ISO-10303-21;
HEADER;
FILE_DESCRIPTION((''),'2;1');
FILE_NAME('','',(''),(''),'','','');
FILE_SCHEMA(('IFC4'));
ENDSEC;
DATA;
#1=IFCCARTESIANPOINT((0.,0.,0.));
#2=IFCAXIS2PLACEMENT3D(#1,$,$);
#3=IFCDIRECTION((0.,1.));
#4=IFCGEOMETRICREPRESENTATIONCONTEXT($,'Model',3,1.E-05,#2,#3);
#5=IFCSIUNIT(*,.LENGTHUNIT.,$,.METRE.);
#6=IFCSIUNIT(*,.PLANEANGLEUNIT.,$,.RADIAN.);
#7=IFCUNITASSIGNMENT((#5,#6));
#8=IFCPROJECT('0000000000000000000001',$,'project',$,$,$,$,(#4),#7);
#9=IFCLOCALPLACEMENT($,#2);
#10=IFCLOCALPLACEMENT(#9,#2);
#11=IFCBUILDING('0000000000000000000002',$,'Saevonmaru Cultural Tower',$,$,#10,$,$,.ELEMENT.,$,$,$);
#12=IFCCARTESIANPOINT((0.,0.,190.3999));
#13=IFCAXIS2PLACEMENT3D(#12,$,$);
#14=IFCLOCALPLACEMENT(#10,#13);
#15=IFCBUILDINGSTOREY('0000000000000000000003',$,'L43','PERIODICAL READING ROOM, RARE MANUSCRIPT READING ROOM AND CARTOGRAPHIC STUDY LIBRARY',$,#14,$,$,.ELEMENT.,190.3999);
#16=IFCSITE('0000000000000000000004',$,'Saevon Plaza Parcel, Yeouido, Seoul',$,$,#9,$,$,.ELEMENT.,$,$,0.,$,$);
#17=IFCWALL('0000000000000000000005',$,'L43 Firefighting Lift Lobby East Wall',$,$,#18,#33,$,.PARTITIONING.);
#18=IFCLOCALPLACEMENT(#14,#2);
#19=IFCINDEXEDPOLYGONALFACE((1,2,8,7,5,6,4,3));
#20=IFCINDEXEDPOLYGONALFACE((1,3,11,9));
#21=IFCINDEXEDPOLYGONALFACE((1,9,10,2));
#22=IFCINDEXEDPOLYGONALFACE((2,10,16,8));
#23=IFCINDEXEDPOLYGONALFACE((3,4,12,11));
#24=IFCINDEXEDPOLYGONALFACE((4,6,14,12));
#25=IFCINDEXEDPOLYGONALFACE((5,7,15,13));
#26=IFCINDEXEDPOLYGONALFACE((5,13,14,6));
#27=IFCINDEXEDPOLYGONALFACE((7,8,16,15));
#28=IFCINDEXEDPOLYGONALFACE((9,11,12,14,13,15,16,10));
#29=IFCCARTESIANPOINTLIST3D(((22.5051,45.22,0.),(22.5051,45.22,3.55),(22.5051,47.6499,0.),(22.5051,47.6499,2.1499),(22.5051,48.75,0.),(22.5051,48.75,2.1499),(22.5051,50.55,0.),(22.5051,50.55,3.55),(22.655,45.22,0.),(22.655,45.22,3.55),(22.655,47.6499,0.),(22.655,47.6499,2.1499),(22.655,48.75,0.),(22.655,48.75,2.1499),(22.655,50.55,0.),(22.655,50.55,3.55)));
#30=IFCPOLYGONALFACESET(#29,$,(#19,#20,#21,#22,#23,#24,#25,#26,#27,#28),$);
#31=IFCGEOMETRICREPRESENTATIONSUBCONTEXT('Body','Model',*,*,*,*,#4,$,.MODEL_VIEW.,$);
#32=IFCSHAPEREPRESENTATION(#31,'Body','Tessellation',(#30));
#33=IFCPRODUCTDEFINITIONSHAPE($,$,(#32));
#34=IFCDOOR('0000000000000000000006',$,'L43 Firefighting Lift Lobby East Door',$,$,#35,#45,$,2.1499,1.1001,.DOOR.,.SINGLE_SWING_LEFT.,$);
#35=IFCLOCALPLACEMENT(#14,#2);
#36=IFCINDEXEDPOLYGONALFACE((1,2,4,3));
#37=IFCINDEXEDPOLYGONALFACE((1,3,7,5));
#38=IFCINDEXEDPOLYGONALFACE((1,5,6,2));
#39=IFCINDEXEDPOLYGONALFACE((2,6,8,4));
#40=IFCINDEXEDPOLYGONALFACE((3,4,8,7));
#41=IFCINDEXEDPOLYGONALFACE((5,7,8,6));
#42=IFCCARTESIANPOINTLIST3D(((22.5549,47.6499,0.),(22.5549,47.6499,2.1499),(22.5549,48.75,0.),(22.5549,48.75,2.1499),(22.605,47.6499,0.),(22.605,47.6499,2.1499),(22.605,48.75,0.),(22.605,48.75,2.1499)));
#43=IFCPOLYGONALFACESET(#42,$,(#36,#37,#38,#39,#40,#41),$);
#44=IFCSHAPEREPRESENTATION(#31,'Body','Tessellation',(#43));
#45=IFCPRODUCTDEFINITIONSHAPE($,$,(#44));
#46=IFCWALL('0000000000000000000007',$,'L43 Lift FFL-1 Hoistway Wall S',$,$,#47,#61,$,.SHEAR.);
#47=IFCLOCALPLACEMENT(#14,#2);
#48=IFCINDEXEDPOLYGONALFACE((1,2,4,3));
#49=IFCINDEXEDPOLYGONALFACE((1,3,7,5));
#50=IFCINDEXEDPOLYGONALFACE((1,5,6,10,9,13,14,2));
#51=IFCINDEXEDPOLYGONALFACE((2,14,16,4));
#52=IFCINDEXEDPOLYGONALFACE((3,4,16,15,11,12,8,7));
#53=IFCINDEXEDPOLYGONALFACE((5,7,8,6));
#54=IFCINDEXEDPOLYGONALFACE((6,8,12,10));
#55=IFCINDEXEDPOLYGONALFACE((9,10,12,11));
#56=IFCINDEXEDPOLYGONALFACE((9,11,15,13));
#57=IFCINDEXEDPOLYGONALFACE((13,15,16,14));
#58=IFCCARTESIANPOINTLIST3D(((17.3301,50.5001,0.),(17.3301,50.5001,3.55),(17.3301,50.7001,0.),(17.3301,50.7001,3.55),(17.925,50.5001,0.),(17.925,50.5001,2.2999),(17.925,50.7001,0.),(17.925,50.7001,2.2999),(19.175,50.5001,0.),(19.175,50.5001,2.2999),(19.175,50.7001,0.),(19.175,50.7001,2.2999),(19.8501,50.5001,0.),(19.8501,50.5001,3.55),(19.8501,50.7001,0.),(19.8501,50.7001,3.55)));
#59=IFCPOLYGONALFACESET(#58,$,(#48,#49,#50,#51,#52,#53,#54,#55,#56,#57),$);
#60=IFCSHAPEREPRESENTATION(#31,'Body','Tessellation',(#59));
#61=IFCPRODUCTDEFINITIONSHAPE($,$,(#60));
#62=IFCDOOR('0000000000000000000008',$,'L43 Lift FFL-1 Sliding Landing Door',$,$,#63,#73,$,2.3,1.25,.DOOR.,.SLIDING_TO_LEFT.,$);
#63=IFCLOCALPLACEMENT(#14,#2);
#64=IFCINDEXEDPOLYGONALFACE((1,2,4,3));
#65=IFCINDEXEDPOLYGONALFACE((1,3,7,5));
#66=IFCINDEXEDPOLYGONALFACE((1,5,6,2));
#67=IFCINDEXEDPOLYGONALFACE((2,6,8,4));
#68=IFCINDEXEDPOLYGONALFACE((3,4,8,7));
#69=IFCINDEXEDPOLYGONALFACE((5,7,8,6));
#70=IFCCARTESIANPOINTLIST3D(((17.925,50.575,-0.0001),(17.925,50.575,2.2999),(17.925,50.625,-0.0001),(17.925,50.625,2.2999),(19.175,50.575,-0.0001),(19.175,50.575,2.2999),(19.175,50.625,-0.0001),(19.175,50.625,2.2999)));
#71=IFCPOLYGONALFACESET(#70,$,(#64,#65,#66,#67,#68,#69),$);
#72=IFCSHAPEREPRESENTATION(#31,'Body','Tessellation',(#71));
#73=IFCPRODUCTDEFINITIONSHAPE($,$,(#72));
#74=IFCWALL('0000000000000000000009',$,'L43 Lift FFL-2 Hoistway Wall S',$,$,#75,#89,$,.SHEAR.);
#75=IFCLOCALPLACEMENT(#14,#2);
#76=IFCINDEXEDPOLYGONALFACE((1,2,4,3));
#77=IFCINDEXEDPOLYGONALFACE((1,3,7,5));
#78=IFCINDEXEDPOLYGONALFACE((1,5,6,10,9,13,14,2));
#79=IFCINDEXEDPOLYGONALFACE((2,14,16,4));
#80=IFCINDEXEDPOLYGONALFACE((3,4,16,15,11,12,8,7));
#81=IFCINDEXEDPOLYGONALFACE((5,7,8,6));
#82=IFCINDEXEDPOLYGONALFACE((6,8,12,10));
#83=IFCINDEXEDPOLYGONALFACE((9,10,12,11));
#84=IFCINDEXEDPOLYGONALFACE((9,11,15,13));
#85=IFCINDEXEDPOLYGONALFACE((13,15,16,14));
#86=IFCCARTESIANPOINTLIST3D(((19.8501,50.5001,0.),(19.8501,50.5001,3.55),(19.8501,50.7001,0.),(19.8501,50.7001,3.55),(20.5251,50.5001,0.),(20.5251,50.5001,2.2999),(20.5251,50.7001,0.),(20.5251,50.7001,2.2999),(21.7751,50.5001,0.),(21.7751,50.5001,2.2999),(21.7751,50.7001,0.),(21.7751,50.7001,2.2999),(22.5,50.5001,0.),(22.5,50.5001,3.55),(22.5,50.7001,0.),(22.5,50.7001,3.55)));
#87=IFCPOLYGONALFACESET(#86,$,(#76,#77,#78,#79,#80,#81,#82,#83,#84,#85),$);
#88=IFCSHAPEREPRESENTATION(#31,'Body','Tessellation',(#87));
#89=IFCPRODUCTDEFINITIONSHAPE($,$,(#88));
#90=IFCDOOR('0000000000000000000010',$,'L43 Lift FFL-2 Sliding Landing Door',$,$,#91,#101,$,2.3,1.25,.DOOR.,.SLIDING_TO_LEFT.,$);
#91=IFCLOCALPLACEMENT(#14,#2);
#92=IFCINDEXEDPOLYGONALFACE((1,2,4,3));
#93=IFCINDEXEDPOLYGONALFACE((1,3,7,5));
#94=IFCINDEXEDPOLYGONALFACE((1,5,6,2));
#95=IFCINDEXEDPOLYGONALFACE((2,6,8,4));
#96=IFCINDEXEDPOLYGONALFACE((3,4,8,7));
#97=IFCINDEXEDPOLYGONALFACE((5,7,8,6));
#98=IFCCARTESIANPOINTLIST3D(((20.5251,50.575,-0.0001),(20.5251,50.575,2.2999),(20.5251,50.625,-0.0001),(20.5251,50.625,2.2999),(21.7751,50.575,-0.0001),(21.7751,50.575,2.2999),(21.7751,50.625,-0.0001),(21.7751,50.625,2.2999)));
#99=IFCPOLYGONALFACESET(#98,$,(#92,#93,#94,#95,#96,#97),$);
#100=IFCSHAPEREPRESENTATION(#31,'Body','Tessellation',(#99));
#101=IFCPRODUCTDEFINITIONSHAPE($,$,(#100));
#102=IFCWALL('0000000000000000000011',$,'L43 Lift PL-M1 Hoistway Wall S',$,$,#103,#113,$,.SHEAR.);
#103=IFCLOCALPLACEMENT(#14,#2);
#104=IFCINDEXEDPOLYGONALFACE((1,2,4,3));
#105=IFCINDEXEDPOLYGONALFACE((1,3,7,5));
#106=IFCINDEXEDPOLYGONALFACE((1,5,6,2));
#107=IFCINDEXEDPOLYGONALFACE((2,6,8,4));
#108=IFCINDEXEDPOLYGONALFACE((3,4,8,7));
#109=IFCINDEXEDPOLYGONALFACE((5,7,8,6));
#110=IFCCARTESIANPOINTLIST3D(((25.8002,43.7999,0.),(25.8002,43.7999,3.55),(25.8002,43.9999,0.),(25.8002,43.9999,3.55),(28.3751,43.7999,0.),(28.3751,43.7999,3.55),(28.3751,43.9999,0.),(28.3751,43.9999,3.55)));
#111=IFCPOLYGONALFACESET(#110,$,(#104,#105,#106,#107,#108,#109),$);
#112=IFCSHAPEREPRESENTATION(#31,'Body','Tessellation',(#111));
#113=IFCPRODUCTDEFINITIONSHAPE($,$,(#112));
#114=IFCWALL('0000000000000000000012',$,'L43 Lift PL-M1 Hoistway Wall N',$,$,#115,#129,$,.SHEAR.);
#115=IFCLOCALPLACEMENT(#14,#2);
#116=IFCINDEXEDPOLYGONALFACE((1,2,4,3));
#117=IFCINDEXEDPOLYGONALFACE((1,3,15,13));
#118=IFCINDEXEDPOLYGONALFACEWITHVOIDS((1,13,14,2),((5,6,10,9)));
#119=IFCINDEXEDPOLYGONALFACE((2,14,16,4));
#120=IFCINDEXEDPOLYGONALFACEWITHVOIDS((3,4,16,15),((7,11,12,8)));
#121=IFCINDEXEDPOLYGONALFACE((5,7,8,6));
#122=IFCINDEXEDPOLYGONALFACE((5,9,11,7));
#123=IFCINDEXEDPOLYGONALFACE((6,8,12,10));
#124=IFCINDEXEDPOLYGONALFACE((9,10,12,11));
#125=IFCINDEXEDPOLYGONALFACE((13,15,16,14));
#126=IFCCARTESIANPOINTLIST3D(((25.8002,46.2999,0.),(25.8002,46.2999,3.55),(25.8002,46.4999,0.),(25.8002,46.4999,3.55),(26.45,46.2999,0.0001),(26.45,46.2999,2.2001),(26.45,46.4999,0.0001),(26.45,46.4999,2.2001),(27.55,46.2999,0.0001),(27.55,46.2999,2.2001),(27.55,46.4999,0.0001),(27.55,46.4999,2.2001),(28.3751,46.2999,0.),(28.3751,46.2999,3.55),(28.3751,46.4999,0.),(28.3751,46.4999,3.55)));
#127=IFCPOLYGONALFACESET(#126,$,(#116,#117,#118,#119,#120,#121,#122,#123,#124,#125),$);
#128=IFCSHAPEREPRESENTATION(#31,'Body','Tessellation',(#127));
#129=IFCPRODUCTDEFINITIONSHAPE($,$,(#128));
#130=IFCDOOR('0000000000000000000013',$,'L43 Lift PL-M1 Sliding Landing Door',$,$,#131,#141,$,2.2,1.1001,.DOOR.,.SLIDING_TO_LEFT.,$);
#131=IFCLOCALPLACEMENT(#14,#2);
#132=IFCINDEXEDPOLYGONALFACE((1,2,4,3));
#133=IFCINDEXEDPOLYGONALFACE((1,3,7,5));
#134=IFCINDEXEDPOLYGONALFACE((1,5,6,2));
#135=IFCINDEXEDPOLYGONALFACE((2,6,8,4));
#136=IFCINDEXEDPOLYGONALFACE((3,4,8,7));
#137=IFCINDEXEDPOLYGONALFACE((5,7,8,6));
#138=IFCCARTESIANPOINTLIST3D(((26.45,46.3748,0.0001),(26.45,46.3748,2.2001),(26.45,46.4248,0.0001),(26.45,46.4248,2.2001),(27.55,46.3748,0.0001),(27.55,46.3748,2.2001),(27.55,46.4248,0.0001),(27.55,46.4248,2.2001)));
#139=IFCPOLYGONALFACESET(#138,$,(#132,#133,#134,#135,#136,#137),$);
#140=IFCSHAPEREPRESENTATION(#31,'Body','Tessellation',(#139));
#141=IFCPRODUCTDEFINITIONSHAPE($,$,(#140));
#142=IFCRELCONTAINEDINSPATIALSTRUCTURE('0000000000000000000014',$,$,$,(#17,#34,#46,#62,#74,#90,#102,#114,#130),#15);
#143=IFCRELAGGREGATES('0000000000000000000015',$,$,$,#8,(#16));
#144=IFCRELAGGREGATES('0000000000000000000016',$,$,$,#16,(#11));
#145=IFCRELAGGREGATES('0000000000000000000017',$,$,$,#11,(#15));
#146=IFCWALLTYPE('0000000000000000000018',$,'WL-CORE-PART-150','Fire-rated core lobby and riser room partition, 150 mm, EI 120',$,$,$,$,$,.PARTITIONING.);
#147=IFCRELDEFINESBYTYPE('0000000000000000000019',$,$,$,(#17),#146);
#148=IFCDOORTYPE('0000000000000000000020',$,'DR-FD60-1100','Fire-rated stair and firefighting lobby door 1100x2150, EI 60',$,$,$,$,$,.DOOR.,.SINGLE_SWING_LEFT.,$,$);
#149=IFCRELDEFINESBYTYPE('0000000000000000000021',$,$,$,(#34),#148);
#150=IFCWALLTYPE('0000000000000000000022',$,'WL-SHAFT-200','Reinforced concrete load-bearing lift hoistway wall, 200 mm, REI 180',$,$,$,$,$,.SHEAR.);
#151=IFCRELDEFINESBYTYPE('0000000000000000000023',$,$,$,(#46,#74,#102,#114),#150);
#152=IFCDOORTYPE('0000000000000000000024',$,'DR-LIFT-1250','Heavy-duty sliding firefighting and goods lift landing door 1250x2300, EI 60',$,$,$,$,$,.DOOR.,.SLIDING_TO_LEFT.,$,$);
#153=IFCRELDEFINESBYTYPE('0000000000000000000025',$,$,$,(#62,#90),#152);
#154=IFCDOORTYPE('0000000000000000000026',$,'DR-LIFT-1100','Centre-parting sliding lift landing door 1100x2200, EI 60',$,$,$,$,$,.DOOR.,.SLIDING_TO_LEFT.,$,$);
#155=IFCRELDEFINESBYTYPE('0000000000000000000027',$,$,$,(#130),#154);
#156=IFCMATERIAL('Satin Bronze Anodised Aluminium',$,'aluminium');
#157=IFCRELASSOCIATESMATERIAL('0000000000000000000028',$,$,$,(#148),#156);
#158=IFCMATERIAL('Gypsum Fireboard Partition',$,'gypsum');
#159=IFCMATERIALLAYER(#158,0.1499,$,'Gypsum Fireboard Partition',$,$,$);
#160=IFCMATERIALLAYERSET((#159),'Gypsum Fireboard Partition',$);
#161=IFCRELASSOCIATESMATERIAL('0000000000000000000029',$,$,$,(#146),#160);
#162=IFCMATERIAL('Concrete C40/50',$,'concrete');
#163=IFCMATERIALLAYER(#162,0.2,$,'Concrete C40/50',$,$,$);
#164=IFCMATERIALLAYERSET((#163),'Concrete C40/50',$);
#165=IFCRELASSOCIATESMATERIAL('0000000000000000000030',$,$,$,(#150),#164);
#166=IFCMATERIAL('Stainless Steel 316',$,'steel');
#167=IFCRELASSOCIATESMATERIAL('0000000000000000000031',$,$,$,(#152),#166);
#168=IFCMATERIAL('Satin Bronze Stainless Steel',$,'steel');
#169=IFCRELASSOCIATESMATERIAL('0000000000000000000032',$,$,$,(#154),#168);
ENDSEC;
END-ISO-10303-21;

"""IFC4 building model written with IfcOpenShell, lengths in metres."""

from ifc_helpers import new_model, si_unit, direction, frame, frame_2d, origin, place, context, subcontext, project, spatial, rectangle, extrude, material, layer, layer_set, type_object, element, fill, save


model = new_model("IFC4")

# Units and contexts
model_context = context("Model", 3, precision=1e-05, world=origin(), true_north=direction((0.0, 1.0)))
body_context = subcontext(model_context, "Body", "Model", "MODEL_VIEW")
ifc_project = project(units=[si_unit("LENGTHUNIT", "METRE"), si_unit("PLANEANGLEUNIT", "RADIAN")], contexts=[model_context])

# Site, building, storey
site_placement = place(None, origin())
site = spatial("IfcSite", under=ifc_project, at=site_placement, Name="Saevon Plaza Parcel, Yeouido, Seoul", CompositionType="ELEMENT", RefElevation=0.0)
building_placement = place(site_placement, origin())
building = spatial("IfcBuilding", under=site, at=building_placement, Name="Saevonmaru Cultural Tower", CompositionType="ELEMENT")
storey_placement = place(building_placement, frame((0.0, 0.0, 190.3999)))
storey = spatial("IfcBuildingStorey", under=building, at=storey_placement, Name="L43", Description="PERIODICAL READING ROOM, RARE MANUSCRIPT READING ROOM AND CARTOGRAPHIC STUDY LIBRARY", CompositionType="ELEMENT", Elevation=190.3999)

# Shared definitions
ifc_material_1 = material(Name="Satin Bronze Anodised Aluminium", Category="aluminium")
door_type_1 = type_object("IfcDoorType", Name="DR-FD60-1100", Description="Fire-rated stair and firefighting lobby door 1100x2150, EI 60", OperationType="SINGLE_SWING_LEFT", PredefinedType="DOOR", material=ifc_material_1)

# Walls, openings, doors
ifc_material_2 = material(Name="Gypsum Fireboard Partition", Category="gypsum")
ifc_layer_1 = layer(ifc_material_2, 0.1499, Name="Gypsum Fireboard Partition")
ifc_layer_set_1 = layer_set([ifc_layer_1], Name="Gypsum Fireboard Partition")
wall_type_1 = type_object("IfcWallType", Name="WL-CORE-PART-150", Description="Fire-rated core lobby and riser room partition, 150 mm, EI 120", PredefinedType="PARTITIONING", material=ifc_layer_set_1)
wall_1_placement = place(storey_placement, frame((22.5801, 50.55, 0.0), z_axis=(0.0, 0.0, 1.0), x_axis=(0.0, -1.0, 0.0)))
wall_1 = element("IfcWall", 1, at=wall_1_placement, inside=storey, type_object=wall_type_1, Name="L43 Firefighting Lift Lobby East Wall", PredefinedType="PARTITIONING", context=body_context, shape_type="SweptSolid", body=[
    extrude(rectangle(XDim=5.3301, YDim=0.1499, at=frame_2d((2.665, 0.0))), origin(), (0.0, 0.0, 1.0), 3.55),
])
opening_1_placement = place(wall_1_placement, frame((1.8, 0.0, 0.0)))
opening_1 = element("IfcOpeningElement", 2, at=opening_1_placement, cuts=wall_1, PredefinedType="OPENING", context=body_context, shape_type="SweptSolid", body=[
    extrude(rectangle(XDim=1.1001, YDim=2.1499, at=frame_2d((0.55, 1.075))), frame((0.0, 0.085, 0.0), z_axis=(0.0, -1.0, 0.0), x_axis=(1.0, 0.0, 0.0)), (0.0, 0.0, 1.0), 0.1699),
])
door_1_placement = place(opening_1_placement, origin())
door_1 = element("IfcDoor", 3, at=door_1_placement, inside=storey, type_object=door_type_1, Name="L43 Firefighting Lift Lobby East Door", OperationType="SINGLE_SWING_LEFT", OverallHeight=2.1499, OverallWidth=1.1001, PredefinedType="DOOR", context=body_context, shape_type="SweptSolid", body=[
    extrude(rectangle(XDim=1.1001, YDim=2.1499, at=frame_2d((0.55, 1.075))), frame((0.0, 0.0249, 0.0), z_axis=(0.0, -1.0, 0.0), x_axis=(1.0, 0.0, 0.0)), (0.0, 0.0, 1.0), 0.05),
])
fill(opening_1, door_1)
ifc_material_3 = material(Name="Concrete C40/50", Category="concrete")
ifc_layer_2 = layer(ifc_material_3, 0.2, Name="Concrete C40/50")
ifc_layer_set_2 = layer_set([ifc_layer_2], Name="Concrete C40/50")
wall_type_2 = type_object("IfcWallType", Name="WL-SHAFT-200", Description="Reinforced concrete load-bearing lift hoistway wall, 200 mm, REI 180", PredefinedType="SHEAR", material=ifc_layer_set_2)
wall_2_placement = place(storey_placement, frame((17.3301, 50.6001, 0.0), z_axis=(0.0, 0.0, 1.0), x_axis=(1.0, 0.0, 0.0)))
wall_2 = element("IfcWall", 4, at=wall_2_placement, inside=storey, type_object=wall_type_2, Name="L43 Lift FFL-1 Hoistway Wall S", PredefinedType="SHEAR", context=body_context, shape_type="SweptSolid", body=[
    extrude(rectangle(XDim=2.52, YDim=0.2, at=frame_2d((1.26, 0.0))), origin(), (0.0, 0.0, 1.0), 3.55),
])
opening_2_placement = place(wall_2_placement, frame((0.595, 0.0, 0.0)))
opening_2 = element("IfcOpeningElement", 5, at=opening_2_placement, cuts=wall_2, PredefinedType="OPENING", context=body_context, shape_type="SweptSolid", body=[
    extrude(rectangle(XDim=1.25, YDim=2.3, at=frame_2d((0.625, 1.1499))), frame((0.0, 0.1099, 0.0), z_axis=(0.0, -1.0, 0.0), x_axis=(1.0, 0.0, 0.0)), (0.0, 0.0, 1.0), 0.22),
])
ifc_material_4 = material(Name="Stainless Steel 316", Category="steel")
door_type_2 = type_object("IfcDoorType", Name="DR-LIFT-1250", Description="Heavy-duty sliding firefighting and goods lift landing door 1250x2300, EI 60", OperationType="SLIDING_TO_LEFT", PredefinedType="DOOR", material=ifc_material_4)
door_2_placement = place(opening_2_placement, origin())
door_2 = element("IfcDoor", 6, at=door_2_placement, inside=storey, type_object=door_type_2, Name="L43 Lift FFL-1 Sliding Landing Door", OperationType="SLIDING_TO_LEFT", OverallHeight=2.3, OverallWidth=1.25, PredefinedType="DOOR", context=body_context, shape_type="SweptSolid", body=[
    extrude(rectangle(XDim=1.25, YDim=2.3, at=frame_2d((0.625, 1.1499))), frame((0.0, 0.0249, 0.0), z_axis=(0.0, -1.0, 0.0), x_axis=(1.0, 0.0, 0.0)), (0.0, 0.0, 1.0), 0.05),
])
fill(opening_2, door_2)
wall_3_placement = place(storey_placement, frame((19.8501, 50.6001, 0.0), z_axis=(0.0, 0.0, 1.0), x_axis=(1.0, 0.0, 0.0)))
wall_3 = element("IfcWall", 7, at=wall_3_placement, inside=storey, type_object=wall_type_2, Name="L43 Lift FFL-2 Hoistway Wall S", PredefinedType="SHEAR", context=body_context, shape_type="SweptSolid", body=[
    extrude(rectangle(XDim=2.6499, YDim=0.2, at=frame_2d((1.325, 0.0))), origin(), (0.0, 0.0, 1.0), 3.55),
])
opening_3_placement = place(wall_3_placement, frame((0.675, 0.0, 0.0)))
opening_3 = element("IfcOpeningElement", 8, at=opening_3_placement, cuts=wall_3, PredefinedType="OPENING", context=body_context, shape_type="SweptSolid", body=[
    extrude(rectangle(XDim=1.25, YDim=2.3, at=frame_2d((0.625, 1.1499))), frame((0.0, 0.1099, 0.0), z_axis=(0.0, -1.0, 0.0), x_axis=(1.0, 0.0, 0.0)), (0.0, 0.0, 1.0), 0.22),
])
door_3_placement = place(opening_3_placement, origin())
door_3 = element("IfcDoor", 9, at=door_3_placement, inside=storey, type_object=door_type_2, Name="L43 Lift FFL-2 Sliding Landing Door", OperationType="SLIDING_TO_LEFT", OverallHeight=2.3, OverallWidth=1.25, PredefinedType="DOOR", context=body_context, shape_type="SweptSolid", body=[
    extrude(rectangle(XDim=1.25, YDim=2.3, at=frame_2d((0.625, 1.1499))), frame((0.0, 0.0249, 0.0), z_axis=(0.0, -1.0, 0.0), x_axis=(1.0, 0.0, 0.0)), (0.0, 0.0, 1.0), 0.05),
])
fill(opening_3, door_3)

# Wall
wall_4_placement = place(storey_placement, frame((25.8, 43.8999, 0.0), z_axis=(0.0, 0.0, 1.0), x_axis=(1.0, 0.0, 0.0)))
element("IfcWall", 10, at=wall_4_placement, inside=storey, type_object=wall_type_2, Name="L43 Lift PL-M1 Hoistway Wall S", PredefinedType="SHEAR", context=body_context, shape_type="SweptSolid", body=[
    extrude(rectangle(XDim=2.575, YDim=0.2, at=frame_2d((1.2876, 0.0))), origin(), (0.0, 0.0, 1.0), 3.55),
])

# Wall, opening, door
wall_5_placement = place(storey_placement, frame((25.8, 46.3999, 0.0), z_axis=(0.0, 0.0, 1.0), x_axis=(1.0, 0.0, 0.0)))
wall_5 = element("IfcWall", 11, at=wall_5_placement, inside=storey, type_object=wall_type_2, Name="L43 Lift PL-M1 Hoistway Wall N", PredefinedType="SHEAR", context=body_context, shape_type="SweptSolid", body=[
    extrude(rectangle(XDim=2.575, YDim=0.2, at=frame_2d((1.2876, 0.0))), origin(), (0.0, 0.0, 1.0), 3.55),
])
opening_4_placement = place(wall_5_placement, frame((0.6499, 0.0, 0.0)))
opening_4 = element("IfcOpeningElement", 12, at=opening_4_placement, cuts=wall_5, PredefinedType="OPENING", context=body_context, shape_type="SweptSolid", body=[
    extrude(rectangle(XDim=1.1001, YDim=2.2, at=frame_2d((0.55, 1.1001))), frame((0.0, 0.1099, 0.0), z_axis=(0.0, -1.0, 0.0), x_axis=(1.0, 0.0, 0.0)), (0.0, 0.0, 1.0), 0.22),
])
ifc_material_5 = material(Name="Satin Bronze Stainless Steel", Category="steel")
door_type_3 = type_object("IfcDoorType", Name="DR-LIFT-1100", Description="Centre-parting sliding lift landing door 1100x2200, EI 60", OperationType="SLIDING_TO_LEFT", PredefinedType="DOOR", material=ifc_material_5)
door_4_placement = place(opening_4_placement, origin())
door_4 = element("IfcDoor", 13, at=door_4_placement, inside=storey, type_object=door_type_3, Name="L43 Lift PL-M1 Sliding Landing Door", OperationType="SLIDING_TO_LEFT", OverallHeight=2.2, OverallWidth=1.1001, PredefinedType="DOOR", context=body_context, shape_type="SweptSolid", body=[
    extrude(rectangle(XDim=1.1001, YDim=2.2, at=frame_2d((0.55, 1.1001))), frame((0.0, 0.0249, 0.0), z_axis=(0.0, -1.0, 0.0), x_axis=(1.0, 0.0, 0.0)), (0.0, 0.0, 1.0), 0.05),
])
fill(opening_4, door_4)

save(model, "model.ifc")
